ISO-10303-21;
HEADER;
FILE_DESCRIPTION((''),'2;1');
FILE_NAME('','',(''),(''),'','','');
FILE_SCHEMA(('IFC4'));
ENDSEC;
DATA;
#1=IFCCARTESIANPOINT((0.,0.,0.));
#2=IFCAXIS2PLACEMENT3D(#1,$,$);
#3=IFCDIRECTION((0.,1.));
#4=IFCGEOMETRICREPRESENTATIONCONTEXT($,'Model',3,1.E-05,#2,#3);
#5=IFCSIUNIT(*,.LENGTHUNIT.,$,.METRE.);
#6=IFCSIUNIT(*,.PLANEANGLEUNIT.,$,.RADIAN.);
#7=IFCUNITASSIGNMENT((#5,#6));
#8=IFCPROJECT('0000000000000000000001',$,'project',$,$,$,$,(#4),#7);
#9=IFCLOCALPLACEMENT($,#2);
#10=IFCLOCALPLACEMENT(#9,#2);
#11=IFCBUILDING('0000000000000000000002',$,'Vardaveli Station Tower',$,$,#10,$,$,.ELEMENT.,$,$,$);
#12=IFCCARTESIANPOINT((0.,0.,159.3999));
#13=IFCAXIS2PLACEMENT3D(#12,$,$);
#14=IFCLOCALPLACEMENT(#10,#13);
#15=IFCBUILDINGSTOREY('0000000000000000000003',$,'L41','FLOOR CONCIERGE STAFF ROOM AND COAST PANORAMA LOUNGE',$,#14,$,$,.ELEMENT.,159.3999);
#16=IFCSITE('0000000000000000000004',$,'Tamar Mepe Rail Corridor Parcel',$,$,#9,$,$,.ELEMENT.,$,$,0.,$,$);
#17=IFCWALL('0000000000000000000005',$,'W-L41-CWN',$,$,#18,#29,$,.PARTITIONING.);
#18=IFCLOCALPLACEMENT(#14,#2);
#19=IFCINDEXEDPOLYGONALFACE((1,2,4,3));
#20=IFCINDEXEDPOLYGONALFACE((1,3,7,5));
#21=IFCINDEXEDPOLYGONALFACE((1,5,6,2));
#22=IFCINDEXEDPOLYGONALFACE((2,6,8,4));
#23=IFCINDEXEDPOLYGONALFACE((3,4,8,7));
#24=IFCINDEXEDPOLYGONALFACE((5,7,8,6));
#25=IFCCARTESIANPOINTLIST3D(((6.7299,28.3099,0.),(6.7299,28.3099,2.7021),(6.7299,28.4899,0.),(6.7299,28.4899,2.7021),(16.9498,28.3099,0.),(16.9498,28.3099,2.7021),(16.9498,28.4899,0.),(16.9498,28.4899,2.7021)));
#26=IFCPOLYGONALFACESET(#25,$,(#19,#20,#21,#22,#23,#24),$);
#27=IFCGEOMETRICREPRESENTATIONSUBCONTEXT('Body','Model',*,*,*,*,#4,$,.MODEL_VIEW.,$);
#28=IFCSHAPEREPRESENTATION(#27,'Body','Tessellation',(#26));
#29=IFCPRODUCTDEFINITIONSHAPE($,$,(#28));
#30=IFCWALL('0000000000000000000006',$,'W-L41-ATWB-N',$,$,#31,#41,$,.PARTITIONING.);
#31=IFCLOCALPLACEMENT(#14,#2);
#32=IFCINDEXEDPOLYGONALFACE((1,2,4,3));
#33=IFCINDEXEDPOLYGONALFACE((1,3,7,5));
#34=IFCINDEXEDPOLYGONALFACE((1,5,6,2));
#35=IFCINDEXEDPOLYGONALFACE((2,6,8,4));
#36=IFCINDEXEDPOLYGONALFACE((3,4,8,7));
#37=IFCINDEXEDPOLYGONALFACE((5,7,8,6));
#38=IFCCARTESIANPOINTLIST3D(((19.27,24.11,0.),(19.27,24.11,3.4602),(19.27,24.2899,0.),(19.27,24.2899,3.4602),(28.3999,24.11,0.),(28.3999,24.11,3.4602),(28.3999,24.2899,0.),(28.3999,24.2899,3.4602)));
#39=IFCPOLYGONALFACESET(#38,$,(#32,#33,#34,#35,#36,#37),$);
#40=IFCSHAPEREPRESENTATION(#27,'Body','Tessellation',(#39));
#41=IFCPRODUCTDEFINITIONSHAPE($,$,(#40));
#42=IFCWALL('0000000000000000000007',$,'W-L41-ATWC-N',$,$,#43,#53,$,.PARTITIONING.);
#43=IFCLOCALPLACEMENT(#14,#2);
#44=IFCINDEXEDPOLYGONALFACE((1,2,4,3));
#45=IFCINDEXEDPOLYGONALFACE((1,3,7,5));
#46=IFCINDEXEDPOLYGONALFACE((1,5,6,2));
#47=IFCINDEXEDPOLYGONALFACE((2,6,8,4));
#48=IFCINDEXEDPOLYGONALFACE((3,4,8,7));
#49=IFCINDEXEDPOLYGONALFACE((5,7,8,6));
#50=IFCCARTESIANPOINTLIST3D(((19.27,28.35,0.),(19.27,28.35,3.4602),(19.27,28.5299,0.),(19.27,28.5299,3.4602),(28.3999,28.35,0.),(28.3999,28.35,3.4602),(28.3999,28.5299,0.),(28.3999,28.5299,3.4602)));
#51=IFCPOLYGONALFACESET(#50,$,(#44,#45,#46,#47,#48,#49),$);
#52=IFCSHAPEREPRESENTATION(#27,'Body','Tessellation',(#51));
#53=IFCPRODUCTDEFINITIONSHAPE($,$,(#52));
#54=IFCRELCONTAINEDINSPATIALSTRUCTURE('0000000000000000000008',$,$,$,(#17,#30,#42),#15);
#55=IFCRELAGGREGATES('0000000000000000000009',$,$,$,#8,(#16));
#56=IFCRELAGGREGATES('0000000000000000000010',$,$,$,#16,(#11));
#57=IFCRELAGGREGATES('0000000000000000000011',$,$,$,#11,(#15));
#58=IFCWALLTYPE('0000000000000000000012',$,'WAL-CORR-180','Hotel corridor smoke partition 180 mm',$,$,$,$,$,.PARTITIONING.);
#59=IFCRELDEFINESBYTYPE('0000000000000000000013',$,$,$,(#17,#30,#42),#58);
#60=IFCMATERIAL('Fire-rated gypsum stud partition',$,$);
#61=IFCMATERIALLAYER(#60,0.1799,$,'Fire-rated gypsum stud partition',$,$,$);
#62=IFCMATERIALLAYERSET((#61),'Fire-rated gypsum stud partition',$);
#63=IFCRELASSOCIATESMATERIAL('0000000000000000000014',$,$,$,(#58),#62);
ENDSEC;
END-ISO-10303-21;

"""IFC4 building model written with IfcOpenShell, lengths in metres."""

from ifc_helpers import new_model, si_unit, direction, frame, frame_2d, origin, place, context, subcontext, project, spatial, rectangle, extrude, source, transform, mapped, material, layer, layer_set, type_object, element, save


model = new_model("IFC4")

# Units and contexts
model_context = context("Model", 3, precision=1e-05, world=origin(), true_north=direction((0.0, 1.0)))
body_context = subcontext(model_context, "Body", "Model", "MODEL_VIEW")
ifc_project = project(units=[si_unit("LENGTHUNIT", "METRE"), si_unit("PLANEANGLEUNIT", "RADIAN")], contexts=[model_context])

# Site, building, storey
site_placement = place(None, origin())
site = spatial("IfcSite", under=ifc_project, at=site_placement, Name="Tamar Mepe Rail Corridor Parcel", CompositionType="ELEMENT", RefElevation=0.0)
building_placement = place(site_placement, origin())
building = spatial("IfcBuilding", under=site, at=building_placement, Name="Vardaveli Station Tower", CompositionType="ELEMENT")
storey_placement = place(building_placement, frame((0.0, 0.0, 159.3999)))
storey = spatial("IfcBuildingStorey", under=building, at=storey_placement, Name="L41", Description="FLOOR CONCIERGE STAFF ROOM AND COAST PANORAMA LOUNGE", CompositionType="ELEMENT", Elevation=159.3999)

# Shared definitions
ifc_material_1 = material(Name="Fire-rated gypsum stud partition")
ifc_layer_1 = layer(ifc_material_1, 0.1799, Name="Fire-rated gypsum stud partition")
ifc_layer_set_1 = layer_set([ifc_layer_1], Name="Fire-rated gypsum stud partition")
wall_type = type_object("IfcWallType", Name="WAL-CORR-180", Description="Hotel corridor smoke partition 180 mm", PredefinedType="PARTITIONING", material=ifc_layer_set_1)

# Walls
shared_shape_1 = source(origin(), body_context, "Body", "SweptSolid", [
    extrude(rectangle(XDim=10.22, YDim=0.1799, at=frame_2d((5.1099, 0.0))), origin(), (0.0, 0.0, 1.0), 2.7021),
])
wall_1_placement = place(storey_placement, frame((6.73, 28.3999, 0.0), z_axis=(0.0, 0.0, 1.0), x_axis=(1.0, 0.0, 0.0)))
element("IfcWall", 1, at=wall_1_placement, inside=storey, type_object=wall_type, Name="W-L41-CWN", PredefinedType="PARTITIONING", context=body_context, shape_type="MappedRepresentation", body=[
    mapped(shared_shape_1, transform((0.0, 0.0, 0.0), scale=1.0)),
])
shared_shape_2 = source(origin(), body_context, "Body", "SweptSolid", [
    extrude(rectangle(XDim=9.1299, YDim=0.1799, at=frame_2d((4.5649, 0.0))), origin(), (0.0, 0.0, 1.0), 3.4602),
])
for number, where, z_axis, x_axis, name in (
    (2, (19.27, 24.2, 0.0), (0.0, 0.0, 1.0), (1.0, 0.0, 0.0), "W-L41-ATWB-N"),
    (3, (19.27, 28.4399, 0.0), (0.0, 0.0, 1.0), (1.0, 0.0, 0.0), "W-L41-ATWC-N"),
):
    element("IfcWall", number, at=place(storey_placement, frame(where, z_axis=z_axis, x_axis=x_axis)), inside=storey, type_object=wall_type, Name=name, PredefinedType="PARTITIONING", context=body_context, shape_type="MappedRepresentation", body=[
        mapped(shared_shape_2, transform((0.0, 0.0, 0.0), scale=1.0)),
    ])

save(model, "model.ifc")
